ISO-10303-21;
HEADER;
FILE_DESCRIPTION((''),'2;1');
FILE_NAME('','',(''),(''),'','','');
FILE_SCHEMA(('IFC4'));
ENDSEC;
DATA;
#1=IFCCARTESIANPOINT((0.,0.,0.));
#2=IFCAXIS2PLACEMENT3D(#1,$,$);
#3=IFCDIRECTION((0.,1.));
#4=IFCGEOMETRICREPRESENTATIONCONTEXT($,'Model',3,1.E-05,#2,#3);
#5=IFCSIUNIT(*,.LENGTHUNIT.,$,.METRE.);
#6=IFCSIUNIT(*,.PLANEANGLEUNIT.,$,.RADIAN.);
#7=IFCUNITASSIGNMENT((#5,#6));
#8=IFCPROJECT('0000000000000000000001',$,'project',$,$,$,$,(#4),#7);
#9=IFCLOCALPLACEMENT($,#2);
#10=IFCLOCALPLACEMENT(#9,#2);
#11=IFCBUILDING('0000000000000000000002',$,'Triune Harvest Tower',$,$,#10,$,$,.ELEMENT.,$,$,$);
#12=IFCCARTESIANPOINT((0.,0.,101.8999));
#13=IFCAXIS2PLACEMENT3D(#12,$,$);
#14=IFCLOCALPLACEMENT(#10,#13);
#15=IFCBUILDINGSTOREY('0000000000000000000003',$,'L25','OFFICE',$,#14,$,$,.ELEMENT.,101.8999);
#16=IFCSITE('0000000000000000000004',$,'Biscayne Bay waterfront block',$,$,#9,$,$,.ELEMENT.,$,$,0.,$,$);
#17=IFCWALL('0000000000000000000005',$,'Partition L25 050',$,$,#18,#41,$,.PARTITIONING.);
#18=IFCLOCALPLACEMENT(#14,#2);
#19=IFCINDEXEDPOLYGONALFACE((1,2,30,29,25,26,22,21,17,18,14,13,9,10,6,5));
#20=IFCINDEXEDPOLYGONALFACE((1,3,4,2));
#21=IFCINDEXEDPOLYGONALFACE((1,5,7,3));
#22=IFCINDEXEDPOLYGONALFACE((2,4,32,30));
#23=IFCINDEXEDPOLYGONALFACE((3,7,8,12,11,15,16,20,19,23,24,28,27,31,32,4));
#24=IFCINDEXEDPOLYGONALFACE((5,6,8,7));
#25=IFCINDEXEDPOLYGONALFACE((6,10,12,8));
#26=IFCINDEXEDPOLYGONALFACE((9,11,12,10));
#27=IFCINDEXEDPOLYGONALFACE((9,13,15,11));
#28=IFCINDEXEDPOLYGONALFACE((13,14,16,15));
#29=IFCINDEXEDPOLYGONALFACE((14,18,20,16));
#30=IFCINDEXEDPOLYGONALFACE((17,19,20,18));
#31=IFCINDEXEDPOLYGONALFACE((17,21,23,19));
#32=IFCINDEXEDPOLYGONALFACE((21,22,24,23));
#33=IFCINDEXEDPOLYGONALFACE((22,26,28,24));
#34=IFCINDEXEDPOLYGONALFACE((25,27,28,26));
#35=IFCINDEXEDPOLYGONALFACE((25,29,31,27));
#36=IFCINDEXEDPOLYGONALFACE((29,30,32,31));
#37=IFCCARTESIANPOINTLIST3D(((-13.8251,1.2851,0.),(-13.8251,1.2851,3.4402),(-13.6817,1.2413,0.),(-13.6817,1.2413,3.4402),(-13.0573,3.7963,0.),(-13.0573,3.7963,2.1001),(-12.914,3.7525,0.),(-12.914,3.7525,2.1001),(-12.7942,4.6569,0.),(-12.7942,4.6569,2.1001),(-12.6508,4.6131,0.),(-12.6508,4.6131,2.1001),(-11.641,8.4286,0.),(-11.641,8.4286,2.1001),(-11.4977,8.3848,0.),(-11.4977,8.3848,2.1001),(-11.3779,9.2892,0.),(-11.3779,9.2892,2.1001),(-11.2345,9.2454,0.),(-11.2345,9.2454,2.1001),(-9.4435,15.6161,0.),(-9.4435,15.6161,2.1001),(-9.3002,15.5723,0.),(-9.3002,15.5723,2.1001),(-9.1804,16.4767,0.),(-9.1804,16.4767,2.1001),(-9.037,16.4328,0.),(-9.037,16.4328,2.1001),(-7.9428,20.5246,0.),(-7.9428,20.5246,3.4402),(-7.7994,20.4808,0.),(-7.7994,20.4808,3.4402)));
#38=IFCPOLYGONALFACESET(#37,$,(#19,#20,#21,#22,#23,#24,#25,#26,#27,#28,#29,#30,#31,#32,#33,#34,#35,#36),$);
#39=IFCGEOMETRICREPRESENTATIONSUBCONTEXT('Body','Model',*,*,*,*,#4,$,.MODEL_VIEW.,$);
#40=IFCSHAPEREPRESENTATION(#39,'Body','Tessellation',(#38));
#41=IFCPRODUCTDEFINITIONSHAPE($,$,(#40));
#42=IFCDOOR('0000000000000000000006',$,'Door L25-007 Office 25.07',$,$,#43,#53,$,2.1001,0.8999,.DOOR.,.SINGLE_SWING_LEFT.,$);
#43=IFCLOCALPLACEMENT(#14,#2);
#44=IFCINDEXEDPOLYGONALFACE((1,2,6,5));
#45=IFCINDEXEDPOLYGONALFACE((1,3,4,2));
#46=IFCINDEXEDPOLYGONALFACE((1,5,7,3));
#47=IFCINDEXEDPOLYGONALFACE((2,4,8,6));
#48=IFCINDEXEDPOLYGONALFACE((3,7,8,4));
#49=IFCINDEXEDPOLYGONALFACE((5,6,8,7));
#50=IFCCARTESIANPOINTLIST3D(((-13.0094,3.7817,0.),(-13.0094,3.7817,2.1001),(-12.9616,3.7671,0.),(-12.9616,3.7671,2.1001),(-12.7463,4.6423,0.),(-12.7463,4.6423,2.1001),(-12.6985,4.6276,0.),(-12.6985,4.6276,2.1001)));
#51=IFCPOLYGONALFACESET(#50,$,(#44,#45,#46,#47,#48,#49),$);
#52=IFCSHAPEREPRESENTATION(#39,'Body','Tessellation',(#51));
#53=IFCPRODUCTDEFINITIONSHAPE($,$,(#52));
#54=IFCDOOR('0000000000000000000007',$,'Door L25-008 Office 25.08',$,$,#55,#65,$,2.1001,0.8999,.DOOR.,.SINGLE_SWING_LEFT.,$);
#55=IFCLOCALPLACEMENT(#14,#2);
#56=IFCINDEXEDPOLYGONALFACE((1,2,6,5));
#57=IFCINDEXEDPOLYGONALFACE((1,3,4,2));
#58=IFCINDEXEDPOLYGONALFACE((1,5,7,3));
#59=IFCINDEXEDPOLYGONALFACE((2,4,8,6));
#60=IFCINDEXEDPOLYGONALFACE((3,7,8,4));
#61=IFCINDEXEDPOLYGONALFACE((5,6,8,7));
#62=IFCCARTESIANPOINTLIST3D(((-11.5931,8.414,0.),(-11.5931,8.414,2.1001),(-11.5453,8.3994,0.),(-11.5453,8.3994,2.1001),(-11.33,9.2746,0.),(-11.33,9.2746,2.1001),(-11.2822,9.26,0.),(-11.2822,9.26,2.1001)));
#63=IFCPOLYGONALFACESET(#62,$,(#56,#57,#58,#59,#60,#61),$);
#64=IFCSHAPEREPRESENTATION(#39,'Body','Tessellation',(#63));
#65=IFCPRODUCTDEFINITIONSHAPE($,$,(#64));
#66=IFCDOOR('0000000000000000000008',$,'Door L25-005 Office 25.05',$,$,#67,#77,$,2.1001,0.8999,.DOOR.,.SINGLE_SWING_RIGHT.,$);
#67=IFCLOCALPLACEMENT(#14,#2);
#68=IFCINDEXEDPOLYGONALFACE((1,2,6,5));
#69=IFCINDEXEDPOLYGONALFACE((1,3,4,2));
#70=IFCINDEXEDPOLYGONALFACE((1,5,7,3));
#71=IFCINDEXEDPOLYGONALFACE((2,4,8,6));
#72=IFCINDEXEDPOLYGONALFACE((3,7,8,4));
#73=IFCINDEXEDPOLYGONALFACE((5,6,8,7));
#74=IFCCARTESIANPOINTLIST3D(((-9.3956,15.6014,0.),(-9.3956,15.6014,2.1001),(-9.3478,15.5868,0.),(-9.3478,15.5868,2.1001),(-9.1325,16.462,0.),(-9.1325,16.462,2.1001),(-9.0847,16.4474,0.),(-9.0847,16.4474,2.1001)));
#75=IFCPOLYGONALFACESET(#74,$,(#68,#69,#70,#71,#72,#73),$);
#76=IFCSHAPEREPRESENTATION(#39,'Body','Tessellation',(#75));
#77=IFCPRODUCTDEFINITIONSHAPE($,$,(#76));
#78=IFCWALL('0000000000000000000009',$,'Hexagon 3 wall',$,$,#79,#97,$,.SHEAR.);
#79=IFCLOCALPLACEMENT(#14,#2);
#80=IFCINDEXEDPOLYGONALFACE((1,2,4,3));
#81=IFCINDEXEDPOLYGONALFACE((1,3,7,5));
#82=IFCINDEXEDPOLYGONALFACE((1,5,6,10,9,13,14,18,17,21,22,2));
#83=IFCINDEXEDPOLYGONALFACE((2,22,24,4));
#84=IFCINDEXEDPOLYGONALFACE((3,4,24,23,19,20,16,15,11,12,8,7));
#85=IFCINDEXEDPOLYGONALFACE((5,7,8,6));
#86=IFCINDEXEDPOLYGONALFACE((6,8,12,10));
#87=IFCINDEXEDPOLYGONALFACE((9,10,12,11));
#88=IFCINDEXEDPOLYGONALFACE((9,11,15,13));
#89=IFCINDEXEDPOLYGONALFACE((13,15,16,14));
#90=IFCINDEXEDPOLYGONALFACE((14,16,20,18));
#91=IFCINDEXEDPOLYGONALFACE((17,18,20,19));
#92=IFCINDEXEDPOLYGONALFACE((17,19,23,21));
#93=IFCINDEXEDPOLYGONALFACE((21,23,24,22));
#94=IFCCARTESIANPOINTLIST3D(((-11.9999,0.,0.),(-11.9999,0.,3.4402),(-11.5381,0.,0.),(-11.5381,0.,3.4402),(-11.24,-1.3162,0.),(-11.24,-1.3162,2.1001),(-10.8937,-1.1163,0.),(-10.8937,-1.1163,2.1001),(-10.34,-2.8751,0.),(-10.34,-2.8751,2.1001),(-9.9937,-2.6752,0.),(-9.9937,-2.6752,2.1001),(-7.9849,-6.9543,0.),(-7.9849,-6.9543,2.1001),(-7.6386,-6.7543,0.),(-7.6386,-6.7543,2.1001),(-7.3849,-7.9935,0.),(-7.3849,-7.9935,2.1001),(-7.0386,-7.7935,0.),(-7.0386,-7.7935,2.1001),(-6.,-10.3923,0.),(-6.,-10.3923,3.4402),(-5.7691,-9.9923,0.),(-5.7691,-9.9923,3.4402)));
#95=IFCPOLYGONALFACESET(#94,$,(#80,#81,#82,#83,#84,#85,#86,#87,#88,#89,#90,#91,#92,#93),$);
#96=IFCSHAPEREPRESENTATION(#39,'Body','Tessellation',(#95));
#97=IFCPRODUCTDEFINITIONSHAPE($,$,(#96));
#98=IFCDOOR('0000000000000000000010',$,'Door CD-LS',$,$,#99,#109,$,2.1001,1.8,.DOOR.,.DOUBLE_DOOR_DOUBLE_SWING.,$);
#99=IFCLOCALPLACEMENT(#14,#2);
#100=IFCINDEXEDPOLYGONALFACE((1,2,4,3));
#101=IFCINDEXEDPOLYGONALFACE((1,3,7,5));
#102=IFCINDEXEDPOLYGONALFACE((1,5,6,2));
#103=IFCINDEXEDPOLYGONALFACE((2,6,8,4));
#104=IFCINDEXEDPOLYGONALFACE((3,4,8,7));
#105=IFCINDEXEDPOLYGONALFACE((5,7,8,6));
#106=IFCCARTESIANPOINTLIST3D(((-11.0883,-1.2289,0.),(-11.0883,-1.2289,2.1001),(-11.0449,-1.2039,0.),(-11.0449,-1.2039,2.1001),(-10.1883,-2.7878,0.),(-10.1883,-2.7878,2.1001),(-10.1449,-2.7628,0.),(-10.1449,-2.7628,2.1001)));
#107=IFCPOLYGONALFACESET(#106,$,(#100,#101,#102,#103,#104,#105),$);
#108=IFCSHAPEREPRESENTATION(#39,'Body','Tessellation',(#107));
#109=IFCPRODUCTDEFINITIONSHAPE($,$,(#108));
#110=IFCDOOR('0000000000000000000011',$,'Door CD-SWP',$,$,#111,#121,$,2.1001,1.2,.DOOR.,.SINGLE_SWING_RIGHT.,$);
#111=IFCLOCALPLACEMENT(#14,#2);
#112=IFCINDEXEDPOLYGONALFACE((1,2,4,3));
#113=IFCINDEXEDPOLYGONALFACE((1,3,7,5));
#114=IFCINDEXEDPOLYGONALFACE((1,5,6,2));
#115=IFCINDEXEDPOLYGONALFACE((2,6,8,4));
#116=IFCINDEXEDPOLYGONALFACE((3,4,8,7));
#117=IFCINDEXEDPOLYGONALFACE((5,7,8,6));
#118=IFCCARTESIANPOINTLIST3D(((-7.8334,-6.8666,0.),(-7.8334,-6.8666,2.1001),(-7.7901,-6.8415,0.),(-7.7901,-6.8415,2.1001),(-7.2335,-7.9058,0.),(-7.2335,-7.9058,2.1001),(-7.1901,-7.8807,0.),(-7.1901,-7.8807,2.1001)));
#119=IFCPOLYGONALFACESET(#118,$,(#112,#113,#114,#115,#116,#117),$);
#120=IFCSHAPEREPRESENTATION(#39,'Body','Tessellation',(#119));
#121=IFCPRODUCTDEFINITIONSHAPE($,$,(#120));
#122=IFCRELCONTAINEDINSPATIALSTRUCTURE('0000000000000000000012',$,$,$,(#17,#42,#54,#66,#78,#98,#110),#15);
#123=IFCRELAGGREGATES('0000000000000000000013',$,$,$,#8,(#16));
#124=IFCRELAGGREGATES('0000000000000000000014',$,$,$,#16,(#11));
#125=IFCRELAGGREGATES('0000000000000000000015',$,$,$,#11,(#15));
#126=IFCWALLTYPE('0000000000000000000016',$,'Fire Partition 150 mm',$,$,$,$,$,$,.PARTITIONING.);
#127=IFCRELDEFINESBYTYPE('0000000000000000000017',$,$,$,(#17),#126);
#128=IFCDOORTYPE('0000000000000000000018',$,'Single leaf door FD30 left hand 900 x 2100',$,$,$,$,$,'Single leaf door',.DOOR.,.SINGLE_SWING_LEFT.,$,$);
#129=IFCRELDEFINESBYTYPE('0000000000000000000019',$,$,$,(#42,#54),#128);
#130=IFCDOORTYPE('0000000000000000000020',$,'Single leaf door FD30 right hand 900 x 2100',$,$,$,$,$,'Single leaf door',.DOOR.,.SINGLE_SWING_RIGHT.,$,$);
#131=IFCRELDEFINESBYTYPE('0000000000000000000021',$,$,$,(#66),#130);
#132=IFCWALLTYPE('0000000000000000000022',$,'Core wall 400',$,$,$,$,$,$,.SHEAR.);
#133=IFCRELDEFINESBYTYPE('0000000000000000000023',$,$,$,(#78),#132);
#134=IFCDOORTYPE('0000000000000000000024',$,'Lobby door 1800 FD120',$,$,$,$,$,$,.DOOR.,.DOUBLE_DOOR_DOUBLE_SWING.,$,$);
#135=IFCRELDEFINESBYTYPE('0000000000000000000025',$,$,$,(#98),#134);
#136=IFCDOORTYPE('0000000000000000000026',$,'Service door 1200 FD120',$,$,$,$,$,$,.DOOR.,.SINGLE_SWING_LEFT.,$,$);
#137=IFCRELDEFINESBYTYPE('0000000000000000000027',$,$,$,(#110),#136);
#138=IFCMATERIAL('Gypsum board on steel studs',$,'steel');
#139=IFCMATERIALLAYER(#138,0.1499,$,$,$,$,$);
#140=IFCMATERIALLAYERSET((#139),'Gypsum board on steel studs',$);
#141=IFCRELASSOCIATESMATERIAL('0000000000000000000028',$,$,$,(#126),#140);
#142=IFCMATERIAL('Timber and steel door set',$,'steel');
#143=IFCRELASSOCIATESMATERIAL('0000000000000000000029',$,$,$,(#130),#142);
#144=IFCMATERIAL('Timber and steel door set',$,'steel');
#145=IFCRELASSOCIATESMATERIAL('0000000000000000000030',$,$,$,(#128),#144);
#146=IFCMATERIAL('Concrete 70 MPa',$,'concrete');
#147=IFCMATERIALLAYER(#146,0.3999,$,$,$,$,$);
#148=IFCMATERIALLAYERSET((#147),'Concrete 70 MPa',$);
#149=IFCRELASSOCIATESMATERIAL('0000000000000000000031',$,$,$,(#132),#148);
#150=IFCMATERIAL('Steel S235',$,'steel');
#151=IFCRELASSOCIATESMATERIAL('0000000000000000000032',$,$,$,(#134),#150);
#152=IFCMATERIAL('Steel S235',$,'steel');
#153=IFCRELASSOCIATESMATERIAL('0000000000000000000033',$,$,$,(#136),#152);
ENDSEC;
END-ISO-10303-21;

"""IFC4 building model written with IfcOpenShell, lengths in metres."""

from ifc_helpers import new_model, si_unit, direction, frame, frame_2d, origin, place, context, subcontext, project, spatial, polyline, rectangle, outline, extrude, source, transform, mapped, material, layer, layer_set, type_object, element, fill, save


model = new_model("IFC4")

# Units and contexts
model_context = context("Model", 3, precision=1e-05, world=origin(), true_north=direction((0.0, 1.0)))
body_context = subcontext(model_context, "Body", "Model", "MODEL_VIEW")
ifc_project = project(units=[si_unit("LENGTHUNIT", "METRE"), si_unit("PLANEANGLEUNIT", "RADIAN")], contexts=[model_context])

# Site, building, storey
site_placement = place(None, origin())
site = spatial("IfcSite", under=ifc_project, at=site_placement, Name="Biscayne Bay waterfront block", CompositionType="ELEMENT", RefElevation=0.0)
building_placement = place(site_placement, origin())
building = spatial("IfcBuilding", under=site, at=building_placement, Name="Triune Harvest Tower", CompositionType="ELEMENT")
storey_placement = place(building_placement, frame((0.0, 0.0, 101.8999)))
storey = spatial("IfcBuildingStorey", under=building, at=storey_placement, Name="L25", Description="OFFICE", CompositionType="ELEMENT", Elevation=101.8999)

# Shared definitions
ifc_material_1 = material(Name="Gypsum board on steel studs", Category="steel")
ifc_layer_1 = layer(ifc_material_1, 0.1499)
ifc_layer_set_1 = layer_set([ifc_layer_1], Name="Gypsum board on steel studs")
wall_type_1 = type_object("IfcWallType", Name="Fire Partition 150 mm", PredefinedType="PARTITIONING", material=ifc_layer_set_1)

# Shared definitions
ifc_material_2 = material(Name="Timber and steel door set", Category="steel")
door_type_1 = type_object("IfcDoorType", Name="Single leaf door FD30 right hand 900 x 2100", ElementType="Single leaf door", OperationType="SINGLE_SWING_RIGHT", PredefinedType="DOOR", material=ifc_material_2)

# Walls, openings, doors
wall_1_placement = place(storey_placement, frame((-13.7534, 1.2632, 0.0), z_axis=(0.0, 0.0, 1.0), x_axis=(0.292382, 0.956302, 0.0)))
wall_1 = element("IfcWall", 1, at=wall_1_placement, inside=storey, type_object=wall_type_1, Name="Partition L25 050", PredefinedType="PARTITIONING", context=body_context, shape_type="SweptSolid", body=[
    extrude(rectangle(XDim=20.1187, YDim=0.1499, at=frame_2d((10.0593, 0.0))), origin(), (0.0, 0.0, 1.0), 3.4402),
])
opening_1_placement = place(wall_1_placement, frame((14.9858, 0.0, 0.0)))
opening_1 = element("IfcOpeningElement", 2, at=opening_1_placement, cuts=wall_1, PredefinedType="OPENING", context=body_context, shape_type="SweptSolid", body=[
    extrude(rectangle(XDim=0.8999, YDim=2.1001, at=frame_2d((0.45, 1.05))), frame((0.0, 0.085, 0.0), z_axis=(0.0, -1.0, 0.0), x_axis=(1.0, 0.0, 0.0)), (0.0, 0.0, 1.0), 0.1699),
])
opening_2_placement = place(wall_1_placement, frame((2.626, 0.0, 0.0)))
opening_2 = element("IfcOpeningElement", 3, at=opening_2_placement, cuts=wall_1, PredefinedType="OPENING", context=body_context, shape_type="SweptSolid", body=[
    extrude(rectangle(XDim=0.8999, YDim=2.1001, at=frame_2d((0.45, 1.05))), frame((0.0, 0.085, 0.0), z_axis=(0.0, -1.0, 0.0), x_axis=(1.0, 0.0, 0.0)), (0.0, 0.0, 1.0), 0.1699),
])
opening_3_placement = place(wall_1_placement, frame((7.47, 0.0, 0.0)))
opening_3 = element("IfcOpeningElement", 4, at=opening_3_placement, cuts=wall_1, PredefinedType="OPENING", context=body_context, shape_type="SweptSolid", body=[
    extrude(rectangle(XDim=0.8999, YDim=2.1001, at=frame_2d((0.45, 1.05))), frame((0.0, 0.085, 0.0), z_axis=(0.0, -1.0, 0.0), x_axis=(1.0, 0.0, 0.0)), (0.0, 0.0, 1.0), 0.1699),
])
ifc_material_3 = material(Name="Timber and steel door set", Category="steel")
door_type_2 = type_object("IfcDoorType", Name="Single leaf door FD30 left hand 900 x 2100", ElementType="Single leaf door", OperationType="SINGLE_SWING_LEFT", PredefinedType="DOOR", material=ifc_material_3)
door_1_placement = place(opening_2_placement, origin())
door_1 = element("IfcDoor", 5, at=door_1_placement, inside=storey, type_object=door_type_2, Name="Door L25-007 Office 25.07", OperationType="SINGLE_SWING_LEFT", OverallHeight=2.1001, OverallWidth=0.8999, PredefinedType="DOOR", context=body_context, shape_type="SweptSolid", body=[
    extrude(rectangle(XDim=0.8999, YDim=2.1001, at=frame_2d((0.45, 1.05))), frame((0.0, 0.0249, 0.0), z_axis=(0.0, -1.0, 0.0), x_axis=(1.0, 0.0, 0.0)), (0.0, 0.0, 1.0), 0.05),
])
fill(opening_2, door_1)
door_2_placement = place(opening_3_placement, origin())
door_2 = element("IfcDoor", 6, at=door_2_placement, inside=storey, type_object=door_type_2, Name="Door L25-008 Office 25.08", OperationType="SINGLE_SWING_LEFT", OverallHeight=2.1001, OverallWidth=0.8999, PredefinedType="DOOR", context=body_context, shape_type="SweptSolid", body=[
    extrude(rectangle(XDim=0.8999, YDim=2.1001, at=frame_2d((0.45, 1.05))), frame((0.0, 0.0249, 0.0), z_axis=(0.0, -1.0, 0.0), x_axis=(1.0, 0.0, 0.0)), (0.0, 0.0, 1.0), 0.05),
])
fill(opening_3, door_2)
door_3_placement = place(opening_1_placement, origin())
door_3 = element("IfcDoor", 7, at=door_3_placement, inside=storey, type_object=door_type_1, Name="Door L25-005 Office 25.05", OperationType="SINGLE_SWING_RIGHT", OverallHeight=2.1001, OverallWidth=0.8999, PredefinedType="DOOR", context=body_context, shape_type="SweptSolid", body=[
    extrude(rectangle(XDim=0.8999, YDim=2.1001, at=frame_2d((0.45, 1.05))), frame((0.0, 0.0249, 0.0), z_axis=(0.0, -1.0, 0.0), x_axis=(1.0, 0.0, 0.0)), (0.0, 0.0, 1.0), 0.05),
])
fill(opening_1, door_3)
ifc_material_4 = material(Name="Concrete 70 MPa", Category="concrete")
ifc_layer_2 = layer(ifc_material_4, 0.3999)
ifc_layer_set_2 = layer_set([ifc_layer_2], Name="Concrete 70 MPa")
wall_type_2 = type_object("IfcWallType", Name="Core wall 400", PredefinedType="SHEAR", material=ifc_layer_set_2)
shared_shape_1 = source(origin(), body_context, "Body", "SweptSolid", [
    extrude(outline(polyline([(-0.1155, -0.2), (11.8845, -0.2), (11.6536, 0.2), (0.1155, 0.2), (-0.1155, -0.2)])), origin(), (0.0, 0.0, 1.0), 3.4402),
])
wall_2_placement = place(storey_placement, frame((-11.769, 0.0, 0.0), z_axis=(0.0, 0.0, 1.0), x_axis=(0.499997, -0.866027, 0.0)))
wall_2 = element("IfcWall", 8, at=wall_2_placement, inside=storey, type_object=wall_type_2, Name="Hexagon 3 wall", PredefinedType="SHEAR", context=body_context, shape_type="MappedRepresentation", body=[
    mapped(shared_shape_1, transform((0.0, 0.0, 0.0), scale=1.0)),
])
opening_4_placement = place(wall_2_placement, frame((1.4045, 0.0, 0.0)))
opening_4 = element("IfcOpeningElement", 9, at=opening_4_placement, cuts=wall_2, PredefinedType="OPENING", context=body_context, shape_type="SweptSolid", body=[
    extrude(rectangle(XDim=1.8, YDim=2.1001, at=frame_2d((0.8999, 1.05))), frame((0.0, 0.21, 0.0), z_axis=(0.0, -1.0, 0.0), x_axis=(1.0, 0.0, 0.0)), (0.0, 0.0, 1.0), 0.4199),
])
opening_5_placement = place(wall_2_placement, frame((7.9146, 0.0, 0.0)))
opening_5 = element("IfcOpeningElement", 10, at=opening_5_placement, cuts=wall_2, PredefinedType="OPENING", context=body_context, shape_type="SweptSolid", body=[
    extrude(rectangle(XDim=1.2, YDim=2.1001, at=frame_2d((0.6001, 1.05))), frame((0.0, 0.21, 0.0), z_axis=(0.0, -1.0, 0.0), x_axis=(1.0, 0.0, 0.0)), (0.0, 0.0, 1.0), 0.4199),
])
ifc_material_5 = material(Name="Steel S235", Category="steel")
door_type_3 = type_object("IfcDoorType", Name="Lobby door 1800 FD120", OperationType="DOUBLE_DOOR_DOUBLE_SWING", PredefinedType="DOOR", material=ifc_material_5)
door_4_placement = place(opening_4_placement, frame((1.8, 0.0, 0.0), z_axis=(0.0, 0.0, 1.0), x_axis=(-1.0, 0.0, 0.0)))
door_4 = element("IfcDoor", 11, at=door_4_placement, inside=storey, type_object=door_type_3, Name="Door CD-LS", OperationType="DOUBLE_DOOR_DOUBLE_SWING", OverallHeight=2.1001, OverallWidth=1.8, PredefinedType="DOOR", context=body_context, shape_type="SweptSolid", body=[
    extrude(rectangle(XDim=1.8, YDim=2.1001, at=frame_2d((0.8999, 1.05))), frame((0.0, 0.0249, 0.0), z_axis=(0.0, -1.0, 0.0), x_axis=(1.0, 0.0, 0.0)), (0.0, 0.0, 1.0), 0.05),
])
fill(opening_4, door_4)
ifc_material_6 = material(Name="Steel S235", Category="steel")
door_type_4 = type_object("IfcDoorType", Name="Service door 1200 FD120", OperationType="SINGLE_SWING_LEFT", PredefinedType="DOOR", material=ifc_material_6)
door_5_placement = place(opening_5_placement, frame((1.2, 0.0, 0.0), z_axis=(0.0, 0.0, 1.0), x_axis=(-1.0, 0.0, 0.0)))
door_5 = element("IfcDoor", 12, at=door_5_placement, inside=storey, type_object=door_type_4, Name="Door CD-SWP", OperationType="SINGLE_SWING_RIGHT", OverallHeight=2.1001, OverallWidth=1.2, PredefinedType="DOOR", context=body_context, shape_type="SweptSolid", body=[
    extrude(rectangle(XDim=1.2, YDim=2.1001, at=frame_2d((0.6001, 1.05))), frame((0.0, 0.0249, 0.0), z_axis=(0.0, -1.0, 0.0), x_axis=(1.0, 0.0, 0.0)), (0.0, 0.0, 1.0), 0.05),
])
fill(opening_5, door_5)

save(model, "model.ifc")
